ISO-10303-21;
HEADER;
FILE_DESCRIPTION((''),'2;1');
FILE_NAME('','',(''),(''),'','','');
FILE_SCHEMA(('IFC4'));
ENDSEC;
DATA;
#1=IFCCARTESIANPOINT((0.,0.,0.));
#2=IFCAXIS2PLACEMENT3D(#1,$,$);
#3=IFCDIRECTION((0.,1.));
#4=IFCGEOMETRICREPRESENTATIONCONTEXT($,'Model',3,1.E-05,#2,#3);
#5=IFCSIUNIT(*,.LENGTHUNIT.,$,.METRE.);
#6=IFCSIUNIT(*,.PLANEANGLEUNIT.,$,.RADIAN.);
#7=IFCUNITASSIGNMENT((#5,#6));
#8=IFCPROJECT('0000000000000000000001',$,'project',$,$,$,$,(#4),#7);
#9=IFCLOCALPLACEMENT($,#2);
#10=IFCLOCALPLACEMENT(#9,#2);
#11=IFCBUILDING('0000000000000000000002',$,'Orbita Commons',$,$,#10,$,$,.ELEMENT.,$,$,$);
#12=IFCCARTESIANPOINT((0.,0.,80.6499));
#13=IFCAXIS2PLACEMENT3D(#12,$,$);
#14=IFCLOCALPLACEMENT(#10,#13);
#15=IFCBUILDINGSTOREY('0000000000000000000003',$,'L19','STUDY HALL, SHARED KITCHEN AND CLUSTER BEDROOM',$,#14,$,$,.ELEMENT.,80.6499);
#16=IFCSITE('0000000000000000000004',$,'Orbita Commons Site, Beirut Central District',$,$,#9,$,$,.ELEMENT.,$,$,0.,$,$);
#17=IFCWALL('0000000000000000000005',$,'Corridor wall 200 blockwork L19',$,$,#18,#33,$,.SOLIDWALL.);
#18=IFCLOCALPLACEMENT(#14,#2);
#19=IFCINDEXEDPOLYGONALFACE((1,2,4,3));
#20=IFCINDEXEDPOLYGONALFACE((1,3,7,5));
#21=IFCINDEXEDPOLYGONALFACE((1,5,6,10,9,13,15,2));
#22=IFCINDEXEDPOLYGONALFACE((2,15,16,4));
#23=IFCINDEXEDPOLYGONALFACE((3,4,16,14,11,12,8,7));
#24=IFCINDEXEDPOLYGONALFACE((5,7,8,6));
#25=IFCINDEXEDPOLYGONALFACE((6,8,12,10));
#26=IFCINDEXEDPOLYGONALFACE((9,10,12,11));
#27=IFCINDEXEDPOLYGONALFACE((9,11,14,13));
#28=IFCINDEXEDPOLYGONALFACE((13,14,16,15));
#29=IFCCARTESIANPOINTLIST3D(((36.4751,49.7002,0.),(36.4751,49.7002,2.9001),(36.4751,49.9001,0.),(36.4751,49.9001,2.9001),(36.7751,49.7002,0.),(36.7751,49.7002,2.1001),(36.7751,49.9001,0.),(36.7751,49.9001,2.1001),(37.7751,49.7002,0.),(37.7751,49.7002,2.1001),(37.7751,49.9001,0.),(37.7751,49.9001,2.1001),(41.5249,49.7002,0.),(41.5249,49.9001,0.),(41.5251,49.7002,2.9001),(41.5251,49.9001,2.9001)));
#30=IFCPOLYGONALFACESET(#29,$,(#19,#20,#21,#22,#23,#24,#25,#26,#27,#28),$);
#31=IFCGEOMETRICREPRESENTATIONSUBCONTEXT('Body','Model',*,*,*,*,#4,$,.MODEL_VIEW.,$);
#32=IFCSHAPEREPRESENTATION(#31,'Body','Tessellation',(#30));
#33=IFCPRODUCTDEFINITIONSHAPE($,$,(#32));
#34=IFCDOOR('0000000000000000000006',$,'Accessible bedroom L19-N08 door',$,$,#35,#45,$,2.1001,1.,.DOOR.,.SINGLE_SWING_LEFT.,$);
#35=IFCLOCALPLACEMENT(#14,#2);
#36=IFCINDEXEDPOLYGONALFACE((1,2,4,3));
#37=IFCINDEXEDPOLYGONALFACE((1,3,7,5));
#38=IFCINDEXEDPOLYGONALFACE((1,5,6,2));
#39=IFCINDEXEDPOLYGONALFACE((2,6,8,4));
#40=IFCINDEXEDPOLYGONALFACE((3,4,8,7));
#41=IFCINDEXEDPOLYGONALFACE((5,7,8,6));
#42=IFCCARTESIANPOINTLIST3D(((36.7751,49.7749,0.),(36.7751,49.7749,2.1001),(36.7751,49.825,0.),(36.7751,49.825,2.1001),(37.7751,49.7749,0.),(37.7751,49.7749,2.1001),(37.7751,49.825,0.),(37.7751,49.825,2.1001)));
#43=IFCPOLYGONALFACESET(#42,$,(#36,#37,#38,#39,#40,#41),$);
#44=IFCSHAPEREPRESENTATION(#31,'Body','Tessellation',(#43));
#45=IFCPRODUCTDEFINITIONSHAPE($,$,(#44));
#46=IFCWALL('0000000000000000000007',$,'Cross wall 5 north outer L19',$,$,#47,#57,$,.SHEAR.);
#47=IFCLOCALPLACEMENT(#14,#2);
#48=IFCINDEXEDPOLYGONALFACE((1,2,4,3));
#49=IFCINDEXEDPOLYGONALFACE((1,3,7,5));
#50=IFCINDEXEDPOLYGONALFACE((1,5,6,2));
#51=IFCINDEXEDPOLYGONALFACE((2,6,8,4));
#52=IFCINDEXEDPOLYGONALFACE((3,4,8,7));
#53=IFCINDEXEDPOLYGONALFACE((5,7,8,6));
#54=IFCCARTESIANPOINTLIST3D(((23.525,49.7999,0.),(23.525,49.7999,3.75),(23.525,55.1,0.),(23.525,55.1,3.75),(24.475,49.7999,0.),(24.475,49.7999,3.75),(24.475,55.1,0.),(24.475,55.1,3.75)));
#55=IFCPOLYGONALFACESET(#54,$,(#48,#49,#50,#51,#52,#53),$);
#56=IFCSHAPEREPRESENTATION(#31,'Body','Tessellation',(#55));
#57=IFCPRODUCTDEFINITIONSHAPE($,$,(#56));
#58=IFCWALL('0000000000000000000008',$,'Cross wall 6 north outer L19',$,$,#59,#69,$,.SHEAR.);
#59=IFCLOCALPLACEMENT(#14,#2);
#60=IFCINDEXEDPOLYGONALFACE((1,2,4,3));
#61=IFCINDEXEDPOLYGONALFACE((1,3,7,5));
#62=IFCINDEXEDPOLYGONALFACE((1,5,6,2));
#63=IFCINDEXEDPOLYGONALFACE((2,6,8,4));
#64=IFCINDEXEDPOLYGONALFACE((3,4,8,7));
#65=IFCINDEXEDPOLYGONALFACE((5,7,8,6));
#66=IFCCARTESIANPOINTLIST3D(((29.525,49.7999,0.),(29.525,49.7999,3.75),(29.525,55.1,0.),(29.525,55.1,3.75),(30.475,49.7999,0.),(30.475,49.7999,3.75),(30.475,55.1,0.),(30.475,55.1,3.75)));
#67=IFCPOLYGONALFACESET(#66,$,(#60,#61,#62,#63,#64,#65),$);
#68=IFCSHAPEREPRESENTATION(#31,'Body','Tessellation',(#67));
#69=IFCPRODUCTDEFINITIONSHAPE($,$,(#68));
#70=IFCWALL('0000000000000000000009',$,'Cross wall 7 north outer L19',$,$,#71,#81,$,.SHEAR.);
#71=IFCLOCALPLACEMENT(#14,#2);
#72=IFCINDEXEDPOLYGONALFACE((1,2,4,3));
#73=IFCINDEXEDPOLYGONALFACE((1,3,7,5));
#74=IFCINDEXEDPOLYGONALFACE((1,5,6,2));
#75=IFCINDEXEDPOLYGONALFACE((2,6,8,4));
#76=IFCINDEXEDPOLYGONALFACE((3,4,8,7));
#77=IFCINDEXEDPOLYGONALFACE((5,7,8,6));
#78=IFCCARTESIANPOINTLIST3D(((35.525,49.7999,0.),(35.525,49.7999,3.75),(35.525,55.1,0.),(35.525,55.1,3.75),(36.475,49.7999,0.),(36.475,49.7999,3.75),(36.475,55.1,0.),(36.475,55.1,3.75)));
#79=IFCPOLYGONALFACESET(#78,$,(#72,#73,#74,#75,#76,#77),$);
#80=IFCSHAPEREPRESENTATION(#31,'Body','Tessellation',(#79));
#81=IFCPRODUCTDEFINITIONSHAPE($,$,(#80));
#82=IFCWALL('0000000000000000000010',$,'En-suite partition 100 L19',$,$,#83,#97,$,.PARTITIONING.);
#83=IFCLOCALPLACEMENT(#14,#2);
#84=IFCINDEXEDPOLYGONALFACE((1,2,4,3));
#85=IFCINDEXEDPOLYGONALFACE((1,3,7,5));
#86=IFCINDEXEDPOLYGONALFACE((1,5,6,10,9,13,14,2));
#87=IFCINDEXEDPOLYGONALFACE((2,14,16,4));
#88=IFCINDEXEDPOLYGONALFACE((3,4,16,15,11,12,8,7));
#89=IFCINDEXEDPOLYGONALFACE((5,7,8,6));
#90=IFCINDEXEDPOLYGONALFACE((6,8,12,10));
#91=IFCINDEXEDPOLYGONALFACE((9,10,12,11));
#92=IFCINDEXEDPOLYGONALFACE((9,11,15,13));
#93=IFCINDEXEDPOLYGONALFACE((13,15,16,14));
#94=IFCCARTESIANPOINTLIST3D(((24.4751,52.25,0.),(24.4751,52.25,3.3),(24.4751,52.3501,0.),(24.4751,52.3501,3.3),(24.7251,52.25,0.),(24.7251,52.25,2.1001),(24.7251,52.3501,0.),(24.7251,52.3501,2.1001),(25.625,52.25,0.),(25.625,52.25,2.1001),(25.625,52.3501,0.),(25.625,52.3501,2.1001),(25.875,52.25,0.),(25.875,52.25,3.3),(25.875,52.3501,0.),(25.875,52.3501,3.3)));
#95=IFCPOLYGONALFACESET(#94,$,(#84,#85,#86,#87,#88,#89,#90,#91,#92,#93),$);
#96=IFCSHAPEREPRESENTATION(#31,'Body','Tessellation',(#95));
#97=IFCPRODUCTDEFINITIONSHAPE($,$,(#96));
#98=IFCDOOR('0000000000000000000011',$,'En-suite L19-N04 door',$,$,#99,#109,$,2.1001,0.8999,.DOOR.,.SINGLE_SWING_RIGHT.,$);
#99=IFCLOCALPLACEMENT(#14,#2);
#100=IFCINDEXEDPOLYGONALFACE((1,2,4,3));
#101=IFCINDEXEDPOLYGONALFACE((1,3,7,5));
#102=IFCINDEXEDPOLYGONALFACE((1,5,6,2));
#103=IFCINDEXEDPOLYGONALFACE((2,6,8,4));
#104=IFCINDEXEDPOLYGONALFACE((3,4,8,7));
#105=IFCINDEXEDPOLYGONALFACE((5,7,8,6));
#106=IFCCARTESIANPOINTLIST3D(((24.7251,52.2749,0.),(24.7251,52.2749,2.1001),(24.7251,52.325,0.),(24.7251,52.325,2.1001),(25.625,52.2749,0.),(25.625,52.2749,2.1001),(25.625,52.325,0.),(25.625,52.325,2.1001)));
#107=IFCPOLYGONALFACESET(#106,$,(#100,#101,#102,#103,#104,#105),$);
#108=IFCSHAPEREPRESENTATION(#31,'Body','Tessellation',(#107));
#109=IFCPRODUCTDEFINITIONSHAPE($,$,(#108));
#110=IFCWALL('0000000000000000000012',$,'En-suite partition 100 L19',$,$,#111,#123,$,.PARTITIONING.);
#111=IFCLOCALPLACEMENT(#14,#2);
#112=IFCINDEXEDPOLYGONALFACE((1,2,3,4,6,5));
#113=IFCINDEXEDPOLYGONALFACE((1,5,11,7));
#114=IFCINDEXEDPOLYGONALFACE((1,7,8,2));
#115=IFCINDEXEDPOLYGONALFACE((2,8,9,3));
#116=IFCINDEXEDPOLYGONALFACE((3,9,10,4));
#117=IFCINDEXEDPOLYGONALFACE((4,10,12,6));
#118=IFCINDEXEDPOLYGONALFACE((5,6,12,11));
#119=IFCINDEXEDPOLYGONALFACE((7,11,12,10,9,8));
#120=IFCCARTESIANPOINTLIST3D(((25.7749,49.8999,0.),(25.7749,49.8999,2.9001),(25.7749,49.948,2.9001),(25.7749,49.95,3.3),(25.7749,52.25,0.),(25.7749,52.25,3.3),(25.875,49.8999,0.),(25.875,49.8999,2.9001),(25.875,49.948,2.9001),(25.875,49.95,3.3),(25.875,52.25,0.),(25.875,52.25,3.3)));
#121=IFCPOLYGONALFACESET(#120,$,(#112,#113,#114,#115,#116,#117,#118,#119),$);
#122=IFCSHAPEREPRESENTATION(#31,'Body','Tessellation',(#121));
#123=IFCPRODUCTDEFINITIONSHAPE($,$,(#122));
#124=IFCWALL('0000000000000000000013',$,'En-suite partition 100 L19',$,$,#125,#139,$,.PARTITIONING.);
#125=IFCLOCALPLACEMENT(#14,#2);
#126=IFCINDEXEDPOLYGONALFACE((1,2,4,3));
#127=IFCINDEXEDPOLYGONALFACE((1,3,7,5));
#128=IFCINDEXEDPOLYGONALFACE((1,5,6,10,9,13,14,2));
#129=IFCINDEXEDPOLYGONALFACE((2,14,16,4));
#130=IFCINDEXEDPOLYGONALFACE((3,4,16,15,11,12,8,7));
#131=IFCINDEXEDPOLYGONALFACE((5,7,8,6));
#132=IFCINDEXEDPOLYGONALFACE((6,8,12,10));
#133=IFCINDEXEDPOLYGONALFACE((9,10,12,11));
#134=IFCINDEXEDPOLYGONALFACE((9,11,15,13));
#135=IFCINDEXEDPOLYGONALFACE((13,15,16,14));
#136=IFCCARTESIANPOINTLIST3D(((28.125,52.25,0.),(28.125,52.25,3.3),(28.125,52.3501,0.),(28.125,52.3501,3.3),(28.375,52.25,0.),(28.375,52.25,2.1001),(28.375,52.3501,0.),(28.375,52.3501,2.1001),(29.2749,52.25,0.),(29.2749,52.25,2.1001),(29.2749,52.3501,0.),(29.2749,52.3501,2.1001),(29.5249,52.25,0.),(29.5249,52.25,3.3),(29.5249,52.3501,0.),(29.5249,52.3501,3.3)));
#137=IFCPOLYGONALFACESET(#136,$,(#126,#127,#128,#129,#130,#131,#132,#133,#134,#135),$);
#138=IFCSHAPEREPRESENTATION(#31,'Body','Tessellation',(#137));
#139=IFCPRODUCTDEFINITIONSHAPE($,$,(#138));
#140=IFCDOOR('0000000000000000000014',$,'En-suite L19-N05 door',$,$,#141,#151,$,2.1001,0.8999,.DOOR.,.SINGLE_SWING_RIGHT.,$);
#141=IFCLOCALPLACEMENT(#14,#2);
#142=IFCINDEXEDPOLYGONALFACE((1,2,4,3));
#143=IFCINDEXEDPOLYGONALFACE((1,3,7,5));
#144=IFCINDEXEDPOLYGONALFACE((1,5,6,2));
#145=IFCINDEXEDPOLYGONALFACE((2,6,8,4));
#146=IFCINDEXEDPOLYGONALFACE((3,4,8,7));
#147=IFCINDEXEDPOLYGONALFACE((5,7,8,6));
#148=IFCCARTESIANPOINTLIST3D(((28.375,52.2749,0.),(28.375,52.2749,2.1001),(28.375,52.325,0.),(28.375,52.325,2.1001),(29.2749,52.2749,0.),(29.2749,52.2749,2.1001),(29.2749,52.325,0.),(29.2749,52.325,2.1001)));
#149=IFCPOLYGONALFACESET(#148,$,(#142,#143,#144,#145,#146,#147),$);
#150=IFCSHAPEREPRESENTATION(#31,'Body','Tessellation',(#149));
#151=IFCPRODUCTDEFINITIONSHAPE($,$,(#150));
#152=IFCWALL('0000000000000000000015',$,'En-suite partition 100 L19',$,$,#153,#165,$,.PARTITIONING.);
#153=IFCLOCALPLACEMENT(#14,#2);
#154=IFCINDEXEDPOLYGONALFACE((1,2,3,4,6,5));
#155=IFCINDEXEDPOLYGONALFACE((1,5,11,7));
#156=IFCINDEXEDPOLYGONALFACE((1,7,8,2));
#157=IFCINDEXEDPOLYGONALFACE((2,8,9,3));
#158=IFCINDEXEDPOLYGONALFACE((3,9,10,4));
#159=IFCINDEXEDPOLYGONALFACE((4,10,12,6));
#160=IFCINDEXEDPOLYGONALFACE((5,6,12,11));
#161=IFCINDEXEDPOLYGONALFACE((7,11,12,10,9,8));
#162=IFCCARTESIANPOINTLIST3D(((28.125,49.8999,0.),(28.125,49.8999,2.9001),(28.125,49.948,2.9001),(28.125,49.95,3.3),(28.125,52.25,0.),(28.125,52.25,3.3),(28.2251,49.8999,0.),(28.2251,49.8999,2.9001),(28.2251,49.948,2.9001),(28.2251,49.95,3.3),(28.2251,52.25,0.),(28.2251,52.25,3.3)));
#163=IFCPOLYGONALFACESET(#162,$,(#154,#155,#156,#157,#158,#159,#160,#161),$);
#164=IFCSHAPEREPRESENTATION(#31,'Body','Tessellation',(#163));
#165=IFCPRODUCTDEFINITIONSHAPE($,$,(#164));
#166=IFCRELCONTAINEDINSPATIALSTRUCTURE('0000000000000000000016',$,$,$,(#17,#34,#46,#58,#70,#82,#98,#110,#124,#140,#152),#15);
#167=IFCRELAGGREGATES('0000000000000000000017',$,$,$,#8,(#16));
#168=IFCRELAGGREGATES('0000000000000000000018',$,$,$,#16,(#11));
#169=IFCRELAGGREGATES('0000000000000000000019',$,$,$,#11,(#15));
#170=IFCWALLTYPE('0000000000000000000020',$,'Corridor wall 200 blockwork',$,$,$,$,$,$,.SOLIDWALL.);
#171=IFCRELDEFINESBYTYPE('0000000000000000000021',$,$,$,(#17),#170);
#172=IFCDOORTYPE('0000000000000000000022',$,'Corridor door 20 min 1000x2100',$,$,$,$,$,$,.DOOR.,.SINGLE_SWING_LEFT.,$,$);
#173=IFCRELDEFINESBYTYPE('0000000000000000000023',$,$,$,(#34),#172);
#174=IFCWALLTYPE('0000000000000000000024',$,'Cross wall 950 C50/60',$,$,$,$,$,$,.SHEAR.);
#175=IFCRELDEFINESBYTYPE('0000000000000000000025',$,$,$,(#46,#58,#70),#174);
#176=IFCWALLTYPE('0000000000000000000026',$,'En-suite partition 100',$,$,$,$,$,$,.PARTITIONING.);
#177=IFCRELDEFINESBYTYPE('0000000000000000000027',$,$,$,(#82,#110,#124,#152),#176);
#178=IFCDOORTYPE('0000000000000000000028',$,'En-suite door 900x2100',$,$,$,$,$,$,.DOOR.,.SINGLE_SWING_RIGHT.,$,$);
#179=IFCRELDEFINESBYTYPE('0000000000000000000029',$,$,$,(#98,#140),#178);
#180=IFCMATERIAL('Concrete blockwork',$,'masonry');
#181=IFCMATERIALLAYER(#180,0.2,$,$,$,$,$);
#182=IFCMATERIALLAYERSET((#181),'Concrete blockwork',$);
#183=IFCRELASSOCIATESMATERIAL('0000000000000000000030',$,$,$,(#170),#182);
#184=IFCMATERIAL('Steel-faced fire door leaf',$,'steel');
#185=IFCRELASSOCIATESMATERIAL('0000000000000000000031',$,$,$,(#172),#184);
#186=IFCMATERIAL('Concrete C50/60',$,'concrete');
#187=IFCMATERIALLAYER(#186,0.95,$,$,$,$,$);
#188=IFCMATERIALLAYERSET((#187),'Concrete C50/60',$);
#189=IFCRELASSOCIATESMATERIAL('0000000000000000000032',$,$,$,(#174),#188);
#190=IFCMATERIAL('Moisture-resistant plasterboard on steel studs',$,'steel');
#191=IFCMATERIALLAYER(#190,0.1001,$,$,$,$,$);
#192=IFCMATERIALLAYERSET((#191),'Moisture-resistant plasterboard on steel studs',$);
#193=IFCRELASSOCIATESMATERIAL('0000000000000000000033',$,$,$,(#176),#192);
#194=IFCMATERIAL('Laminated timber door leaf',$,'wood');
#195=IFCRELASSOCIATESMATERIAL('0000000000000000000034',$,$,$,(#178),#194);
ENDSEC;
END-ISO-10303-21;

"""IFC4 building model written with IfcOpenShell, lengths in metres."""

from ifc_helpers import new_model, si_unit, direction, frame, frame_2d, origin, place, context, subcontext, project, spatial, polyline, rectangle, outline, extrude, material, layer, layer_set, type_object, element, fill, save


model = new_model("IFC4")

# Units and contexts
model_context = context("Model", 3, precision=1e-05, world=origin(), true_north=direction((0.0, 1.0)))
body_context = subcontext(model_context, "Body", "Model", "MODEL_VIEW")
ifc_project = project(units=[si_unit("LENGTHUNIT", "METRE"), si_unit("PLANEANGLEUNIT", "RADIAN")], contexts=[model_context])

# Site, building, storey
site_placement = place(None, origin())
site = spatial("IfcSite", under=ifc_project, at=site_placement, Name="Orbita Commons Site, Beirut Central District", CompositionType="ELEMENT", RefElevation=0.0)
building_placement = place(site_placement, origin())
building = spatial("IfcBuilding", under=site, at=building_placement, Name="Orbita Commons", CompositionType="ELEMENT")
storey_placement = place(building_placement, frame((0.0, 0.0, 80.6499)))
storey = spatial("IfcBuildingStorey", under=building, at=storey_placement, Name="L19", Description="STUDY HALL, SHARED KITCHEN AND CLUSTER BEDROOM", CompositionType="ELEMENT", Elevation=80.6499)

# Shared definitions
ifc_material_1 = material(Name="Concrete blockwork", Category="masonry")
ifc_layer_1 = layer(ifc_material_1, 0.2)
ifc_layer_set_1 = layer_set([ifc_layer_1], Name="Concrete blockwork")
wall_type_1 = type_object("IfcWallType", Name="Corridor wall 200 blockwork", PredefinedType="SOLIDWALL", material=ifc_layer_set_1)

# Wall, opening, door
wall_1_placement = place(storey_placement, frame((36.4751, 49.8, 0.0), z_axis=(0.0, 0.0, 1.0), x_axis=(1.0, 0.0, 0.0)))
wall_1 = element("IfcWall", 1, at=wall_1_placement, inside=storey, type_object=wall_type_1, Name="Corridor wall 200 blockwork L19", PredefinedType="SOLIDWALL", context=body_context, shape_type="SweptSolid", body=[
    extrude(outline(polyline([(0.0, 0.0), (5.0498, 0.0), (5.05, 2.9001), (0.0, 2.9001), (0.0, 0.0)])), frame((0.0, 0.1001, 0.0), z_axis=(0.0, -1.0, 0.0), x_axis=(1.0, 0.0, 0.0)), (0.0, 0.0, 1.0), 0.2),
])
opening_1_placement = place(wall_1_placement, frame((0.3, 0.0, 0.0)))
opening_1 = element("IfcOpeningElement", 2, at=opening_1_placement, cuts=wall_1, PredefinedType="OPENING", context=body_context, shape_type="SweptSolid", body=[
    extrude(rectangle(XDim=1.0, YDim=2.1001, at=frame_2d((0.5, 1.05))), frame((0.0, 0.1099, 0.0), z_axis=(0.0, -1.0, 0.0), x_axis=(1.0, 0.0, 0.0)), (0.0, 0.0, 1.0), 0.22),
])
ifc_material_2 = material(Name="Steel-faced fire door leaf", Category="steel")
door_type_1 = type_object("IfcDoorType", Name="Corridor door 20 min 1000x2100", OperationType="SINGLE_SWING_LEFT", PredefinedType="DOOR", material=ifc_material_2)
door_1_placement = place(opening_1_placement, origin())
door_1 = element("IfcDoor", 3, at=door_1_placement, inside=storey, type_object=door_type_1, Name="Accessible bedroom L19-N08 door", OperationType="SINGLE_SWING_LEFT", OverallHeight=2.1001, OverallWidth=1.0, PredefinedType="DOOR", context=body_context, shape_type="SweptSolid", body=[
    extrude(rectangle(XDim=1.0, YDim=2.1001, at=frame_2d((0.5, 1.05))), frame((0.0, 0.0249, 0.0), z_axis=(0.0, -1.0, 0.0), x_axis=(1.0, 0.0, 0.0)), (0.0, 0.0, 1.0), 0.05),
])
fill(opening_1, door_1)

# Walls
ifc_material_3 = material(Name="Concrete C50/60", Category="concrete")
ifc_layer_2 = layer(ifc_material_3, 0.95)
ifc_layer_set_2 = layer_set([ifc_layer_2], Name="Concrete C50/60")
wall_type_2 = type_object("IfcWallType", Name="Cross wall 950 C50/60", PredefinedType="SHEAR", material=ifc_layer_set_2)
for number, where, z_axis, x_axis, name in (
    (4, (24.0, 49.8, 0.0), (0.0, 0.0, 1.0), (0.0, 1.0, 0.0), "Cross wall 5 north outer L19"),
    (5, (30.0, 49.8, 0.0), (0.0, 0.0, 1.0), (0.0, 1.0, 0.0), "Cross wall 6 north outer L19"),
    (6, (36.0, 49.8, 0.0), (0.0, 0.0, 1.0), (0.0, 1.0, 0.0), "Cross wall 7 north outer L19"),
):
    element("IfcWall", number, at=place(storey_placement, frame(where, z_axis=z_axis, x_axis=x_axis)), inside=storey, type_object=wall_type_2, Name=name, PredefinedType="SHEAR", context=body_context, shape_type="SweptSolid", body=[
        extrude(rectangle(XDim=5.3, YDim=0.95, at=frame_2d((2.6499, 0.0))), origin(), (0.0, 0.0, 1.0), 3.75),
    ])

# Wall, opening, door
ifc_material_4 = material(Name="Moisture-resistant plasterboard on steel studs", Category="steel")
ifc_layer_3 = layer(ifc_material_4, 0.1001)
ifc_layer_set_3 = layer_set([ifc_layer_3], Name="Moisture-resistant plasterboard on steel studs")
wall_type_3 = type_object("IfcWallType", Name="En-suite partition 100", PredefinedType="PARTITIONING", material=ifc_layer_set_3)
wall_2_placement = place(storey_placement, frame((24.4751, 52.3, 0.0), z_axis=(0.0, 0.0, 1.0), x_axis=(1.0, 0.0, 0.0)))
wall_2 = element("IfcWall", 7, at=wall_2_placement, inside=storey, type_object=wall_type_3, Name="En-suite partition 100 L19", PredefinedType="PARTITIONING", context=body_context, shape_type="SweptSolid", body=[
    extrude(rectangle(XDim=1.3999, YDim=0.1001, at=frame_2d((0.7, 0.0))), origin(), (0.0, 0.0, 1.0), 3.3),
])
opening_2_placement = place(wall_2_placement, frame((0.25, 0.0, 0.0)))
opening_2 = element("IfcOpeningElement", 8, at=opening_2_placement, cuts=wall_2, PredefinedType="OPENING", context=body_context, shape_type="SweptSolid", body=[
    extrude(rectangle(XDim=0.8999, YDim=2.1001, at=frame_2d((0.45, 1.05))), frame((0.0, 0.0601, 0.0), z_axis=(0.0, -1.0, 0.0), x_axis=(1.0, 0.0, 0.0)), (0.0, 0.0, 1.0), 0.1201),
])
ifc_material_5 = material(Name="Laminated timber door leaf", Category="wood")
door_type_2 = type_object("IfcDoorType", Name="En-suite door 900x2100", OperationType="SINGLE_SWING_RIGHT", PredefinedType="DOOR", material=ifc_material_5)
door_2_placement = place(opening_2_placement, origin())
door_2 = element("IfcDoor", 9, at=door_2_placement, inside=storey, type_object=door_type_2, Name="En-suite L19-N04 door", OperationType="SINGLE_SWING_RIGHT", OverallHeight=2.1001, OverallWidth=0.8999, PredefinedType="DOOR", context=body_context, shape_type="SweptSolid", body=[
    extrude(rectangle(XDim=0.8999, YDim=2.1001, at=frame_2d((0.45, 1.05))), frame((0.0, 0.0249, 0.0), z_axis=(0.0, -1.0, 0.0), x_axis=(1.0, 0.0, 0.0)), (0.0, 0.0, 1.0), 0.05),
])
fill(opening_2, door_2)

# Wall
wall_3_placement = place(storey_placement, frame((25.825, 52.25, 0.0), z_axis=(0.0, 0.0, 1.0), x_axis=(0.0, -1.0, 0.0)))
element("IfcWall", 10, at=wall_3_placement, inside=storey, type_object=wall_type_3, Name="En-suite partition 100 L19", PredefinedType="PARTITIONING", context=body_context, shape_type="SweptSolid", body=[
    extrude(outline(polyline([(0.0, 0.0), (2.3501, 0.0), (2.3501, 2.9001), (2.302, 2.9001), (2.3, 3.3), (0.0, 3.3), (0.0, 0.0)])), frame((0.0, 0.05, 0.0), z_axis=(0.0, -1.0, 0.0), x_axis=(1.0, 0.0, 0.0)), (0.0, 0.0, 1.0), 0.1001),
])

# Wall, opening, door
wall_4_placement = place(storey_placement, frame((28.125, 52.3, 0.0), z_axis=(0.0, 0.0, 1.0), x_axis=(1.0, 0.0, 0.0)))
wall_4 = element("IfcWall", 11, at=wall_4_placement, inside=storey, type_object=wall_type_3, Name="En-suite partition 100 L19", PredefinedType="PARTITIONING", context=body_context, shape_type="SweptSolid", body=[
    extrude(rectangle(XDim=1.3999, YDim=0.1001, at=frame_2d((0.7, 0.0))), origin(), (0.0, 0.0, 1.0), 3.3),
])
opening_3_placement = place(wall_4_placement, frame((0.25, 0.0, 0.0)))
opening_3 = element("IfcOpeningElement", 12, at=opening_3_placement, cuts=wall_4, PredefinedType="OPENING", context=body_context, shape_type="SweptSolid", body=[
    extrude(rectangle(XDim=0.8999, YDim=2.1001, at=frame_2d((0.45, 1.05))), frame((0.0, 0.0601, 0.0), z_axis=(0.0, -1.0, 0.0), x_axis=(1.0, 0.0, 0.0)), (0.0, 0.0, 1.0), 0.1201),
])
door_3_placement = place(opening_3_placement, origin())
door_3 = element("IfcDoor", 13, at=door_3_placement, inside=storey, type_object=door_type_2, Name="En-suite L19-N05 door", OperationType="SINGLE_SWING_RIGHT", OverallHeight=2.1001, OverallWidth=0.8999, PredefinedType="DOOR", context=body_context, shape_type="SweptSolid", body=[
    extrude(rectangle(XDim=0.8999, YDim=2.1001, at=frame_2d((0.45, 1.05))), frame((0.0, 0.0249, 0.0), z_axis=(0.0, -1.0, 0.0), x_axis=(1.0, 0.0, 0.0)), (0.0, 0.0, 1.0), 0.05),
])
fill(opening_3, door_3)

# Wall
wall_5_placement = place(storey_placement, frame((28.175, 52.25, 0.0), z_axis=(0.0, 0.0, 1.0), x_axis=(0.0, -1.0, 0.0)))
element("IfcWall", 14, at=wall_5_placement, inside=storey, type_object=wall_type_3, Name="En-suite partition 100 L19", PredefinedType="PARTITIONING", context=body_context, shape_type="SweptSolid", body=[
    extrude(outline(polyline([(0.0, 0.0), (2.3501, 0.0), (2.3501, 2.9001), (2.302, 2.9001), (2.3, 3.3), (0.0, 3.3), (0.0, 0.0)])), frame((0.0, 0.05, 0.0), z_axis=(0.0, -1.0, 0.0), x_axis=(1.0, 0.0, 0.0)), (0.0, 0.0, 1.0), 0.1001),
])

save(model, "model.ifc")
